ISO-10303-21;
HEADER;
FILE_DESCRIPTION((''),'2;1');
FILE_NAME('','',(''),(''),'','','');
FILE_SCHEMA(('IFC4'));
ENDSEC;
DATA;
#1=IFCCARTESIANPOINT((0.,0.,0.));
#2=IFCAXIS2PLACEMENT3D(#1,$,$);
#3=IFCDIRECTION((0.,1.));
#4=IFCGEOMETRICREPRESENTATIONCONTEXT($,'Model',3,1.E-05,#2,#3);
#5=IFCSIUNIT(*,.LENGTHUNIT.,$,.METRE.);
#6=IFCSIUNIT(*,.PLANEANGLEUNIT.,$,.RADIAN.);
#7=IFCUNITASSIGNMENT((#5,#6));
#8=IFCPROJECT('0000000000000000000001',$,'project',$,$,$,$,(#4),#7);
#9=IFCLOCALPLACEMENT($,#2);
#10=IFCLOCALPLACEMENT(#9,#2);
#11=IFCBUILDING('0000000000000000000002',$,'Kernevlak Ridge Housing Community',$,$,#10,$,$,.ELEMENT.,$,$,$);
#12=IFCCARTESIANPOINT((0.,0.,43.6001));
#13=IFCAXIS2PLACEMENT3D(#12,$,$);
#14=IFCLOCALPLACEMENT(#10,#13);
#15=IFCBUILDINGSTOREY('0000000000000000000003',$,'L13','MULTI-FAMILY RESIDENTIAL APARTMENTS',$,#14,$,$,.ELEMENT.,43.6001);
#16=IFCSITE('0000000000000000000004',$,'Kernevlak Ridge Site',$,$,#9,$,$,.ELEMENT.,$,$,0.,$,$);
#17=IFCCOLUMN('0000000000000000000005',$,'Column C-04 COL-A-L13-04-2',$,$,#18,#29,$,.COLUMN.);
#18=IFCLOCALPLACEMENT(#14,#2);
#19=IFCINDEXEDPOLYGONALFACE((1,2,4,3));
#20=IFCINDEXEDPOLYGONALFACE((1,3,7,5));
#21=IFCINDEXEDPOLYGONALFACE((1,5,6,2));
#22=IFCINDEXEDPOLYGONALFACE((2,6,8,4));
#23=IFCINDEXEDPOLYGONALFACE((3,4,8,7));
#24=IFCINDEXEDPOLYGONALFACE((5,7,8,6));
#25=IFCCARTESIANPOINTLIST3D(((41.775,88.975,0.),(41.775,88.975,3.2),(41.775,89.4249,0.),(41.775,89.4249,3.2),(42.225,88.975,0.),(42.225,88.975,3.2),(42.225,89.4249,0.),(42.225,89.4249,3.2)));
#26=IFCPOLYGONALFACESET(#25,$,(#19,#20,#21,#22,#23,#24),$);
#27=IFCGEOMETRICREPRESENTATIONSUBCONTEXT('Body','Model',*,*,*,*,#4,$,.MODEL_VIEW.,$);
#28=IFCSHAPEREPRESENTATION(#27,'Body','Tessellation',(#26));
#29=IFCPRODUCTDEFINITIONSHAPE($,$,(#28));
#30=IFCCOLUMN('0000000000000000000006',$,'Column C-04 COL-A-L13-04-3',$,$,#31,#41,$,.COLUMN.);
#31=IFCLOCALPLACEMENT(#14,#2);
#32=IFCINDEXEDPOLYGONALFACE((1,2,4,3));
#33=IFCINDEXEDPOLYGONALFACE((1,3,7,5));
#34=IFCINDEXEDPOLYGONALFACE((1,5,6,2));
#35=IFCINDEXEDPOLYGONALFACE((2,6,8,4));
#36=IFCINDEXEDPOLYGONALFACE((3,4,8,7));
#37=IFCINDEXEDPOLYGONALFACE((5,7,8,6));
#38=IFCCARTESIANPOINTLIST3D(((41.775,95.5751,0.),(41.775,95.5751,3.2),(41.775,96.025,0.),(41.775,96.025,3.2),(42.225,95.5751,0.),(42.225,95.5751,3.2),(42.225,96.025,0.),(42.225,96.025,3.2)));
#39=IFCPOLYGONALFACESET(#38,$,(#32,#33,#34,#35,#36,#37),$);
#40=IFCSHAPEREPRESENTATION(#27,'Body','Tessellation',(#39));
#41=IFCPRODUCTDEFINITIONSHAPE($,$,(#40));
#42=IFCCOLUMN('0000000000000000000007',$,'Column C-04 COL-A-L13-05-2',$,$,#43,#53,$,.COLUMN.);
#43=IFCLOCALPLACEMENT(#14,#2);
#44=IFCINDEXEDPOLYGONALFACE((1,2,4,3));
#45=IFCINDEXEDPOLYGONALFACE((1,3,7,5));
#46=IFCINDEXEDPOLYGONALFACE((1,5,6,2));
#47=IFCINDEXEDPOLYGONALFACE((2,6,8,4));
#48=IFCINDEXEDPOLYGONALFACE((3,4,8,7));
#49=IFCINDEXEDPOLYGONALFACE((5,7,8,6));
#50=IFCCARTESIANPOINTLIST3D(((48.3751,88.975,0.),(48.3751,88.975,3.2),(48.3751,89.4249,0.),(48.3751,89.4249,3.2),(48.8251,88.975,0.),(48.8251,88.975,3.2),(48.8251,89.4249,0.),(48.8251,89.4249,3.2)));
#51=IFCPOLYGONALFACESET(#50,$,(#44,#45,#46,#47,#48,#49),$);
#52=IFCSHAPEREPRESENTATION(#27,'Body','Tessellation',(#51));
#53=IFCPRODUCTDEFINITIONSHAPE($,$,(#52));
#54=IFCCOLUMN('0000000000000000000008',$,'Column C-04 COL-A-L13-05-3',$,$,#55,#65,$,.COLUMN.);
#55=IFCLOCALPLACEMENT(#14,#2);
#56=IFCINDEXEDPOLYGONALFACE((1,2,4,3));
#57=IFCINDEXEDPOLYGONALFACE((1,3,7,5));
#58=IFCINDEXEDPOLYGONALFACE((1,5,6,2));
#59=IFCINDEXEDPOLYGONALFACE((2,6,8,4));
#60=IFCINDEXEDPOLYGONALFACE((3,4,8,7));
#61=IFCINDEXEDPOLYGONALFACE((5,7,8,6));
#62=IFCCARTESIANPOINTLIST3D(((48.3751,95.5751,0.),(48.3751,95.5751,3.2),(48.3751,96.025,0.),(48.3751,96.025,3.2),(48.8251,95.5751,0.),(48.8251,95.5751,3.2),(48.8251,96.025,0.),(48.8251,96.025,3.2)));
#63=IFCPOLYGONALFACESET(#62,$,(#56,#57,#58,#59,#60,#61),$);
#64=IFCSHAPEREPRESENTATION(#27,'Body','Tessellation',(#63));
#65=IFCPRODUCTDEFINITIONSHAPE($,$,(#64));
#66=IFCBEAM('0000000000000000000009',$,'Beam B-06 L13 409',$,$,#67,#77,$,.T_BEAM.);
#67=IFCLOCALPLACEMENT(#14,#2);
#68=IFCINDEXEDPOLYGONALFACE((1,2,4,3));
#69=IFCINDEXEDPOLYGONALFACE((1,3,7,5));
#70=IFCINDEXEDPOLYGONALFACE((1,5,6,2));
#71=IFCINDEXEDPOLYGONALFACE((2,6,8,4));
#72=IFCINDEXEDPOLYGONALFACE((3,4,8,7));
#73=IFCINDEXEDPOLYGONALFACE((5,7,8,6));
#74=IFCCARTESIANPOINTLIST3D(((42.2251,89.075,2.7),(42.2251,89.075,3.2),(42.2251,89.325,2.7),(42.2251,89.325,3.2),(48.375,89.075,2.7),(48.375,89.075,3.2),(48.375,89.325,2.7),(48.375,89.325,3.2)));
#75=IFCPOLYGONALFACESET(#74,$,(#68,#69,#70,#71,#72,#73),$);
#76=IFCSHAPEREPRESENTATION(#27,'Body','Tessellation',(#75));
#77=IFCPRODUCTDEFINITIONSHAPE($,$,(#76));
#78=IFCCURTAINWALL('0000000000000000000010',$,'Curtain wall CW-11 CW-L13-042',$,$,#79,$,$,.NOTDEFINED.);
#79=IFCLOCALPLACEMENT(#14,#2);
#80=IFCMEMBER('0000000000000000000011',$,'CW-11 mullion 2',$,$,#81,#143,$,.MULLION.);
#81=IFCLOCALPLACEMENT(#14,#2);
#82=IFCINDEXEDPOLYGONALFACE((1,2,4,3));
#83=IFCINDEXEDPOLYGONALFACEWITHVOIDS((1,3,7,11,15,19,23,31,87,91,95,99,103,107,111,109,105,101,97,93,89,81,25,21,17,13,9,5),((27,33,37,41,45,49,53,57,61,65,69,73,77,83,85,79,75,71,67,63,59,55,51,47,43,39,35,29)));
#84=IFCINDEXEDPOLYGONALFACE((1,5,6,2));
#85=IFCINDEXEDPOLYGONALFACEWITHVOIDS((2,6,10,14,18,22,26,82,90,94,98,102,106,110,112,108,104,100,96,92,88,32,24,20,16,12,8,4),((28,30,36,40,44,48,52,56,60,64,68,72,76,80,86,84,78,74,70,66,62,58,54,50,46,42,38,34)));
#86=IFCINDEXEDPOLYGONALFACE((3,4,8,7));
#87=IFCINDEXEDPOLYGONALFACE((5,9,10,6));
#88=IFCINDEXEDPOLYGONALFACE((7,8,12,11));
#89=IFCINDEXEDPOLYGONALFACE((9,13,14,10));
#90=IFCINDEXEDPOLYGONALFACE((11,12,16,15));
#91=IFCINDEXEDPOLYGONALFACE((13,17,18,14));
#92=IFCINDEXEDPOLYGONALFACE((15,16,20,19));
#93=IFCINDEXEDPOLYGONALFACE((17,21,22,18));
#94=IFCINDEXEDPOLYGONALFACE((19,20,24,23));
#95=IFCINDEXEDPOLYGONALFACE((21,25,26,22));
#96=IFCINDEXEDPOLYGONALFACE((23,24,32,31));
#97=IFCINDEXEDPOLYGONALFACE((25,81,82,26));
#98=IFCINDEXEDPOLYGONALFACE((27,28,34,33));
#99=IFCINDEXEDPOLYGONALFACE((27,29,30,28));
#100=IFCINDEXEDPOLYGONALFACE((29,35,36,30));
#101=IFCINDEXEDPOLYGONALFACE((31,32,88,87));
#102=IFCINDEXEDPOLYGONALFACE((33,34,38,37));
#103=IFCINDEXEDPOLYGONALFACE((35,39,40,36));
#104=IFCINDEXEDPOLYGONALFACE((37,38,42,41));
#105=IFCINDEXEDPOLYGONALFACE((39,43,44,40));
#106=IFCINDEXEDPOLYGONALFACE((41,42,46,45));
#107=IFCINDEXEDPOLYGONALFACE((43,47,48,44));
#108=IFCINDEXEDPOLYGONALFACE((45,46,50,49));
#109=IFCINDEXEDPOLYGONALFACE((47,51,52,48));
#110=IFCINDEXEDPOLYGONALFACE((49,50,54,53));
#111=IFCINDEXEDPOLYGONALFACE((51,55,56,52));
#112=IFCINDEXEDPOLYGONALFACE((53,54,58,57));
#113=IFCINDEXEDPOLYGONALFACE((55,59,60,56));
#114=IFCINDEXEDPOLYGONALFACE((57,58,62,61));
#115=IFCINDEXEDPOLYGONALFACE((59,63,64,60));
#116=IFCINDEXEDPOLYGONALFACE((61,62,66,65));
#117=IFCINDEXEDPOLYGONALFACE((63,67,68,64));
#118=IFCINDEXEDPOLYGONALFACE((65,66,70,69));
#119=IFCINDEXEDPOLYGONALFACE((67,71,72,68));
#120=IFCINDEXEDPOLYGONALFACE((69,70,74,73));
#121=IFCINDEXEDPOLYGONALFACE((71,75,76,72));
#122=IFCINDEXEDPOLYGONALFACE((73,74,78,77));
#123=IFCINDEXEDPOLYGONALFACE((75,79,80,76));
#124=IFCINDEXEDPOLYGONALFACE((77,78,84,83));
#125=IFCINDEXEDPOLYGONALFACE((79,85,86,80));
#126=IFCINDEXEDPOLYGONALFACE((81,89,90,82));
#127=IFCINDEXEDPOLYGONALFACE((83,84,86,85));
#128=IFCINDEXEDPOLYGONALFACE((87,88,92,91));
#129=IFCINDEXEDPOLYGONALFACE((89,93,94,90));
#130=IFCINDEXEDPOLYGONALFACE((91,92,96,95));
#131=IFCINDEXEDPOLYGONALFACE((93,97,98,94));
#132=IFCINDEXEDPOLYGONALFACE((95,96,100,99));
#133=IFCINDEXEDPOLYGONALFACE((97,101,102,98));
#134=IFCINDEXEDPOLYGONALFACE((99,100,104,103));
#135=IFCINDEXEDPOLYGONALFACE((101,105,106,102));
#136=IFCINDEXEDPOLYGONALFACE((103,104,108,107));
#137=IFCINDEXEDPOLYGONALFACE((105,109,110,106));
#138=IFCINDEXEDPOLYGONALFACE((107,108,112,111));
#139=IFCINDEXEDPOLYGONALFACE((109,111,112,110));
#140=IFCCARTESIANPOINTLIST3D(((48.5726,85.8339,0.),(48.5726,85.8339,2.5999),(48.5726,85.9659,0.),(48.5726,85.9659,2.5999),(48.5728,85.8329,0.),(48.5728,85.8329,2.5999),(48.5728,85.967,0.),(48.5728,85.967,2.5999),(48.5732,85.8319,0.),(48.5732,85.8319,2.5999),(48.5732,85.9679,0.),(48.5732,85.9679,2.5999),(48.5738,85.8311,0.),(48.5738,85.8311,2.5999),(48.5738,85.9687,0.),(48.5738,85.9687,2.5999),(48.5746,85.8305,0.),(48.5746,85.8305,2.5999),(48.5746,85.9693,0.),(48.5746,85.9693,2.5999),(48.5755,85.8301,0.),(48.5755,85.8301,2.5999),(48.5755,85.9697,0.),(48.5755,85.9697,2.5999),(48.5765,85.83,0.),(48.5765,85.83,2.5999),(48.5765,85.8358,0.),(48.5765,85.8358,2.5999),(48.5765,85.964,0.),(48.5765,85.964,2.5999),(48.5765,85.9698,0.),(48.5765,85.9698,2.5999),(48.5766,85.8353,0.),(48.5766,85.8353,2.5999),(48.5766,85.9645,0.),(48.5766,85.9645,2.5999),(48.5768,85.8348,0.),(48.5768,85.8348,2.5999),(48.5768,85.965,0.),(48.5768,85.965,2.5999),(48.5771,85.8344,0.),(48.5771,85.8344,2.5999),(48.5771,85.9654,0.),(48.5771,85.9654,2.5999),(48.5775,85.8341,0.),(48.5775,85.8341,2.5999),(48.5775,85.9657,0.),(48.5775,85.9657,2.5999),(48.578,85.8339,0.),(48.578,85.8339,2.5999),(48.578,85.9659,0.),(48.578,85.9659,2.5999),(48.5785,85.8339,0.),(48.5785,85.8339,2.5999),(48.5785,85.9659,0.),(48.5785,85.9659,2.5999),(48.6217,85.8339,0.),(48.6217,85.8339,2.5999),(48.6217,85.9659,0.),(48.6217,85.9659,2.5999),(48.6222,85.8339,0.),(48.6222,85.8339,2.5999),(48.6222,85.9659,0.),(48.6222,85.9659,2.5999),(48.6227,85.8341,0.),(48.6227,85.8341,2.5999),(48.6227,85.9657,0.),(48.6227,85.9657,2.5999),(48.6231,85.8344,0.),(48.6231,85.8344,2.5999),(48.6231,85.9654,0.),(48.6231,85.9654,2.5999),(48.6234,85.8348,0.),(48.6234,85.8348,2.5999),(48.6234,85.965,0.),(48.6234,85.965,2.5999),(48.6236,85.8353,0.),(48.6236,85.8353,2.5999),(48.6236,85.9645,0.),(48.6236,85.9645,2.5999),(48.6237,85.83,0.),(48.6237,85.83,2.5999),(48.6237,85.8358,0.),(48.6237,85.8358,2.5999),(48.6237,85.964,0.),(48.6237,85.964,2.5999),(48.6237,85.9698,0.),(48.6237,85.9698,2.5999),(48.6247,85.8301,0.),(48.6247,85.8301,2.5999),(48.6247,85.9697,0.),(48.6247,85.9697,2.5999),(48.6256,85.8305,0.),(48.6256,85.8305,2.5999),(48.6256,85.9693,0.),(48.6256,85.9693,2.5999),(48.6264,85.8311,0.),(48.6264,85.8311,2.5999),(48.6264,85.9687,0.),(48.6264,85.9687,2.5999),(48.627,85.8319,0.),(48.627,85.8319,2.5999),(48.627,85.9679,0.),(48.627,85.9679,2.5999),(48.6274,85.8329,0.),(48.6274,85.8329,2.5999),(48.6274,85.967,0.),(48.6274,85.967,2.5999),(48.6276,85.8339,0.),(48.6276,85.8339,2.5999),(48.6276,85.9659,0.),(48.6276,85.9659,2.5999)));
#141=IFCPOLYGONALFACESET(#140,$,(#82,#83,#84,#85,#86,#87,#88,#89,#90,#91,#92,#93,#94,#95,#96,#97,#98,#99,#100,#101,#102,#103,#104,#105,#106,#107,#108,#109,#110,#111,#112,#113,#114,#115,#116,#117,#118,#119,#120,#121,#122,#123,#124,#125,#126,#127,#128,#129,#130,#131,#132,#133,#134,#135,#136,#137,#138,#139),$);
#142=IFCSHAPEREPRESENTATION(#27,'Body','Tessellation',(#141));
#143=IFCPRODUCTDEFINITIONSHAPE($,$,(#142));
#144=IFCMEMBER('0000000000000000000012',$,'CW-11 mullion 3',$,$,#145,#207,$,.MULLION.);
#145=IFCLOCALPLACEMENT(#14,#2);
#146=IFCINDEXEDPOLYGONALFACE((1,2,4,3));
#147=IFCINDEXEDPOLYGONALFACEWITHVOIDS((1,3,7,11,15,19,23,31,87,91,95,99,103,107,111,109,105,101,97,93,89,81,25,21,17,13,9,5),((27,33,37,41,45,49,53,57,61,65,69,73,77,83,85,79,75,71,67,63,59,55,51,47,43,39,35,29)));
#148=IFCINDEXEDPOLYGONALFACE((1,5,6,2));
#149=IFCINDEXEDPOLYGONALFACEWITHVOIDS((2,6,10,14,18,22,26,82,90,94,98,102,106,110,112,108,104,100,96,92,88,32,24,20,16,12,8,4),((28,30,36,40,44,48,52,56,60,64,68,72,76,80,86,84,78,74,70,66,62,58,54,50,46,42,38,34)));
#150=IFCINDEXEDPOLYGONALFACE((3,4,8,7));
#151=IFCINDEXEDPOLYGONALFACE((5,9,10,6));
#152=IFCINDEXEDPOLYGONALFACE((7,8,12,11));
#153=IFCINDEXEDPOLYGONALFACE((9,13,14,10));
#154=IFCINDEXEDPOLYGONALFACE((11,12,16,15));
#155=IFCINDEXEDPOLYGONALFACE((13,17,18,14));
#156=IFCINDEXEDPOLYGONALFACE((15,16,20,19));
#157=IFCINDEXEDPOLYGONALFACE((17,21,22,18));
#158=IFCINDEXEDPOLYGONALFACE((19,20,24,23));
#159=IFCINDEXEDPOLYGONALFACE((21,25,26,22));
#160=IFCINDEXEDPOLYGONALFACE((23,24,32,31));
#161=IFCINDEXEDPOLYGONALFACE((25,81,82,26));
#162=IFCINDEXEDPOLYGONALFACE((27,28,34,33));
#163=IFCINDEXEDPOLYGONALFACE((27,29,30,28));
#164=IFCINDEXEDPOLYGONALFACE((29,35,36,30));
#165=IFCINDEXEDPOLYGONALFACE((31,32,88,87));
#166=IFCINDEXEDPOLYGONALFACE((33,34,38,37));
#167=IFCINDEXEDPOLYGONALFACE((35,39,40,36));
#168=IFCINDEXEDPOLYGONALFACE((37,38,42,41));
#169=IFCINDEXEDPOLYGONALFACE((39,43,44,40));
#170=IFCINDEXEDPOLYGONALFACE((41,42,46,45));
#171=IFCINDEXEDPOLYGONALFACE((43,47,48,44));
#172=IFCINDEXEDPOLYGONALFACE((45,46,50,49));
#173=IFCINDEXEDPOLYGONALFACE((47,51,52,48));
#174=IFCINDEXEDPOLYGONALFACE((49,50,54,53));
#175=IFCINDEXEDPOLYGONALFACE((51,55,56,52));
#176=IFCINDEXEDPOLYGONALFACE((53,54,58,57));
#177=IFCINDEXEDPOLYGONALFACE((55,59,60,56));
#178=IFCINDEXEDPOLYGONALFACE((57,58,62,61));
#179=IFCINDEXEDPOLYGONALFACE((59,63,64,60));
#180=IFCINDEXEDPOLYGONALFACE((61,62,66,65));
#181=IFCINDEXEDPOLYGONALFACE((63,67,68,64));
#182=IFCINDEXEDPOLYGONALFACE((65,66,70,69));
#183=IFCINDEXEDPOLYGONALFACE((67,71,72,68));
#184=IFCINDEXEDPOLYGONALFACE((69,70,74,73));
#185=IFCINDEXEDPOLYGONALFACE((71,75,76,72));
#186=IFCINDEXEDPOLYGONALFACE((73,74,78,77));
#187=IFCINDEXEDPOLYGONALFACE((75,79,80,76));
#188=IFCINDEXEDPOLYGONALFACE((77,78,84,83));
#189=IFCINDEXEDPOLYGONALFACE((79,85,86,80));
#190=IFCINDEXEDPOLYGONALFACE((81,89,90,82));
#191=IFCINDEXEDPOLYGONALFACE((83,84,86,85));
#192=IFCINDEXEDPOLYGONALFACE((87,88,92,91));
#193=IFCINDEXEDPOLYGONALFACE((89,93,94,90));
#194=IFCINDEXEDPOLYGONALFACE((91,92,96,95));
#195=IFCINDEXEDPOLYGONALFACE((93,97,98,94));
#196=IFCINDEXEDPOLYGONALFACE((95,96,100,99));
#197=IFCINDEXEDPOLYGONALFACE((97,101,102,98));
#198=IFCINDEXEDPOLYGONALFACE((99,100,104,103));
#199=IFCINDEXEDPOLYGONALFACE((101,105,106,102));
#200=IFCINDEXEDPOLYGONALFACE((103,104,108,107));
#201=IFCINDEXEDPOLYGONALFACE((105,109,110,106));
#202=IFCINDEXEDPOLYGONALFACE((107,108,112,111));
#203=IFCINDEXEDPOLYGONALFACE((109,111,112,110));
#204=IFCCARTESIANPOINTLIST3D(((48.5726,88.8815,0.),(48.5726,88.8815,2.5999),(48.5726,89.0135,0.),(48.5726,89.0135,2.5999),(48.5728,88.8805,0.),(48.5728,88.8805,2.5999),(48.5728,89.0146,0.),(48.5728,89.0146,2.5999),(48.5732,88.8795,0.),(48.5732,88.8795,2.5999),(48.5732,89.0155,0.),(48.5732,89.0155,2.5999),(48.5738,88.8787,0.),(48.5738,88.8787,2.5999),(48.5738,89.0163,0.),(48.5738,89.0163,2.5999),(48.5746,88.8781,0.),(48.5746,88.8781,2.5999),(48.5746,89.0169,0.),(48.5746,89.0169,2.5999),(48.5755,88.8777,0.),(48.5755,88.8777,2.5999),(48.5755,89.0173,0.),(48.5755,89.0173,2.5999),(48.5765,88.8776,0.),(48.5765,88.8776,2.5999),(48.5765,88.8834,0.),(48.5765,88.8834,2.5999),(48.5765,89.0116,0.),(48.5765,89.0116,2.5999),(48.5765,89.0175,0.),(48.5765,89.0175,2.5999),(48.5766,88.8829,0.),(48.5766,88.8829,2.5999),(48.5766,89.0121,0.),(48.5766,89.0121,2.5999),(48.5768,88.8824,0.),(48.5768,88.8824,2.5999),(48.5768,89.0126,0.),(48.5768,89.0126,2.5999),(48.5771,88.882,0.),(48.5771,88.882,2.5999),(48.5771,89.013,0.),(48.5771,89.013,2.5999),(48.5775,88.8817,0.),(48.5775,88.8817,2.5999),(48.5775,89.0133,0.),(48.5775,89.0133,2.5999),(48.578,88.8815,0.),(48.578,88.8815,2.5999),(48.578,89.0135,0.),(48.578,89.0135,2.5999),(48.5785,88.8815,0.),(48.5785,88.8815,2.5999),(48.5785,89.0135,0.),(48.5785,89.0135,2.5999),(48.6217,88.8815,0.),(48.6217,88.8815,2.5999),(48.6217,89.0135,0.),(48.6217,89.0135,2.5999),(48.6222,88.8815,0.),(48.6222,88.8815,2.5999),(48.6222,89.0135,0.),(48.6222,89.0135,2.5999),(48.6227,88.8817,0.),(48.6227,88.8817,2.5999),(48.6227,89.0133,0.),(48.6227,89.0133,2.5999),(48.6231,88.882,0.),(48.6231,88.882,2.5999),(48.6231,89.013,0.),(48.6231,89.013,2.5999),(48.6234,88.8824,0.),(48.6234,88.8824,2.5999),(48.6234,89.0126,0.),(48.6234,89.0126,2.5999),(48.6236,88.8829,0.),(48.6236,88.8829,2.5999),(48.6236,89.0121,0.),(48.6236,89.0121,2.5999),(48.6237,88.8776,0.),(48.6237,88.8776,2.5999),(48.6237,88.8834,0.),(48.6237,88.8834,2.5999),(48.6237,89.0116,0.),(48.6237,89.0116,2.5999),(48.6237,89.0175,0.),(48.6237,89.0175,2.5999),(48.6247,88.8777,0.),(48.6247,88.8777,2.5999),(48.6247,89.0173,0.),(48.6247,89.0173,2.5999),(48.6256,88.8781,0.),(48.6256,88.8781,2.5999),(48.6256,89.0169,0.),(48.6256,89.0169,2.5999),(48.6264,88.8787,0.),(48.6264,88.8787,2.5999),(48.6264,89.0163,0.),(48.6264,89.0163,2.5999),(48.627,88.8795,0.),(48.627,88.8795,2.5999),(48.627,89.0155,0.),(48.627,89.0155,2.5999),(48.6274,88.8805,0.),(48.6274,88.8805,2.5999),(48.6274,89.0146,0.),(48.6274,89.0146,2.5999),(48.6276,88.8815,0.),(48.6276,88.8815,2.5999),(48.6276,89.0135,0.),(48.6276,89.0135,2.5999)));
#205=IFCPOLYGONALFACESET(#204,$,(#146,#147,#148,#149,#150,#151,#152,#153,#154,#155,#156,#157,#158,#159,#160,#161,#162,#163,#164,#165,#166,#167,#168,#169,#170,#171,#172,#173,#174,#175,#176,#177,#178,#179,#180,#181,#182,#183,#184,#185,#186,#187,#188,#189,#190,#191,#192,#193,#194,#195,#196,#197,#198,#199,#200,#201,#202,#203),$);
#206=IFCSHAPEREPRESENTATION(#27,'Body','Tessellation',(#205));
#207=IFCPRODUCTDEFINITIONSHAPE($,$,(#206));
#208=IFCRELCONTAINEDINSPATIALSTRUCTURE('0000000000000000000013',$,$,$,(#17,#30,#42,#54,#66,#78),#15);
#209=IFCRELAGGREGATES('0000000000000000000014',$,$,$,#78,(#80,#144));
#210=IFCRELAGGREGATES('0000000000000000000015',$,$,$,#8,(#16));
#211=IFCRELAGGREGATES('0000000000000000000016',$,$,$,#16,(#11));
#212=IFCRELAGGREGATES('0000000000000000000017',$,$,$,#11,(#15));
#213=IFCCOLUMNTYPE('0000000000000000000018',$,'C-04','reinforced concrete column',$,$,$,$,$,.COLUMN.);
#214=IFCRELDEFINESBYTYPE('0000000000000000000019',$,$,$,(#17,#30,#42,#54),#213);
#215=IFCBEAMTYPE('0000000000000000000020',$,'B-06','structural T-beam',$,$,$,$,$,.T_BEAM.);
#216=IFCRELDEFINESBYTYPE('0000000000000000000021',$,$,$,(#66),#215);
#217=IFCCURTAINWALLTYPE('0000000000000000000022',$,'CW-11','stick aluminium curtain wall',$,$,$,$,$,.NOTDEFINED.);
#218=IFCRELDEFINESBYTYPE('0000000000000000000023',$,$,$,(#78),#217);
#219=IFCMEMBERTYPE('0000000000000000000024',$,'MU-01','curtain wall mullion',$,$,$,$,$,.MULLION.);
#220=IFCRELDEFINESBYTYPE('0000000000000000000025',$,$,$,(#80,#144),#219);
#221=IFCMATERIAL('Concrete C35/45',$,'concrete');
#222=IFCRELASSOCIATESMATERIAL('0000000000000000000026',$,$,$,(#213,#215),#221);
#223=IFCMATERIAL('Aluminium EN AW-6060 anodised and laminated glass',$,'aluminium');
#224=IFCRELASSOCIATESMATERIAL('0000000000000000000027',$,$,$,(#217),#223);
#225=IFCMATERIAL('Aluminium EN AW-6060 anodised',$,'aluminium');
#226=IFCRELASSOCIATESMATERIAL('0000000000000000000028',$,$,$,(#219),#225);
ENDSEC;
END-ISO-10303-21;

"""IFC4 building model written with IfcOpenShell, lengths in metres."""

from ifc_helpers import new_model, si_unit, direction, frame, origin, origin_2d, place, context, subcontext, project, spatial, rectangle, hollow_rectangle, extrude, material, material_profile, profile_set, type_object, element, aggregate, save


model = new_model("IFC4")

# Units and contexts
model_context = context("Model", 3, precision=1e-05, world=origin(), true_north=direction((0.0, 1.0)))
body_context = subcontext(model_context, "Body", "Model", "MODEL_VIEW")
ifc_project = project(units=[si_unit("LENGTHUNIT", "METRE"), si_unit("PLANEANGLEUNIT", "RADIAN")], contexts=[model_context])

# Site, building, storey
site_placement = place(None, origin())
site = spatial("IfcSite", under=ifc_project, at=site_placement, Name="Kernevlak Ridge Site", CompositionType="ELEMENT", RefElevation=0.0)
building_placement = place(site_placement, origin())
building = spatial("IfcBuilding", under=site, at=building_placement, Name="Kernevlak Ridge Housing Community", CompositionType="ELEMENT")
storey_placement = place(building_placement, frame((0.0, 0.0, 43.6001)))
storey = spatial("IfcBuildingStorey", under=building, at=storey_placement, Name="L13", Description="MULTI-FAMILY RESIDENTIAL APARTMENTS", CompositionType="ELEMENT", Elevation=43.6001)

# Columns
ifc_material_1 = material(Name="Concrete C35/45", Category="concrete")
ifc_material_profile_1 = material_profile(ifc_material_1, rectangle(XDim=0.45, YDim=0.45, at=origin_2d()), Name="RC 450x450")
ifc_profile_set_1 = profile_set([ifc_material_profile_1], Name="Concrete C35/45")
column_type = type_object("IfcColumnType", Name="C-04", Description="reinforced concrete column", PredefinedType="COLUMN", material=ifc_profile_set_1)
for number, where, z_axis, x_axis, name in (
    (1, (42.0, 89.2, 0.0), (0.0, 0.0, 1.0), (1.0, 0.0, 0.0), "Column C-04 COL-A-L13-04-2"),
    (2, (42.0, 95.8, 0.0), (0.0, 0.0, 1.0), (1.0, 0.0, 0.0), "Column C-04 COL-A-L13-04-3"),
    (3, (48.6001, 89.2, 0.0), (0.0, 0.0, 1.0), (1.0, 0.0, 0.0), "Column C-04 COL-A-L13-05-2"),
    (4, (48.6001, 95.8, 0.0), (0.0, 0.0, 1.0), (1.0, 0.0, 0.0), "Column C-04 COL-A-L13-05-3"),
):
    element("IfcColumn", number, at=place(storey_placement, frame(where, z_axis=z_axis, x_axis=x_axis)), inside=storey, type_object=column_type, Name=name, PredefinedType="COLUMN", context=body_context, shape_type="SweptSolid", body=[
        extrude(rectangle(XDim=0.45, YDim=0.45, at=origin_2d()), origin(), (0.0, 0.0, 1.0), 3.2),
    ])

# Beam
ifc_material_profile_2 = material_profile(ifc_material_1, rectangle(XDim=0.25, YDim=0.5, at=origin_2d()), Name="RC 250x500")
ifc_profile_set_2 = profile_set([ifc_material_profile_2], Name="Concrete C35/45")
beam_type_1 = type_object("IfcBeamType", Name="B-06", Description="structural T-beam", PredefinedType="T_BEAM", material=ifc_profile_set_2)
beam_1_placement = place(storey_placement, frame((42.2251, 89.2, 2.95), z_axis=(1.0, 0.0, 0.0), x_axis=(0.0, 1.0, 0.0)))
element("IfcBeam", 5, at=beam_1_placement, inside=storey, type_object=beam_type_1, Name="Beam B-06 L13 409", PredefinedType="T_BEAM", context=body_context, shape_type="SweptSolid", body=[
    extrude(rectangle(XDim=0.25, YDim=0.5, at=origin_2d()), origin(), (0.0, 0.0, 1.0), 6.1499),
])

# Curtain wall, members
ifc_material_2 = material(Name="Aluminium EN AW-6060 anodised and laminated glass", Category="aluminium")
curtain_wall_type = type_object("IfcCurtainWallType", Name="CW-11", Description="stick aluminium curtain wall", PredefinedType="NOTDEFINED", material=ifc_material_2)
curtain_wall_placement = place(storey_placement, origin())
curtain_wall = element("IfcCurtainWall", 6, at=curtain_wall_placement, inside=storey, type_object=curtain_wall_type, Name="Curtain wall CW-11 CW-L13-042", PredefinedType="NOTDEFINED")
ifc_material_3 = material(Name="Aluminium EN AW-6060 anodised", Category="aluminium")
ifc_material_profile_3 = material_profile(ifc_material_3, hollow_rectangle(XDim=0.0549, YDim=0.1399, WallThickness=0.0039, InnerFilletRadius=0.002, OuterFilletRadius=0.0039, at=origin_2d()), Name="ALU 55x140x4")
ifc_profile_set_3 = profile_set([ifc_material_profile_3], Name="Aluminium EN AW-6060 anodised")
member_type = type_object("IfcMemberType", Name="MU-01", Description="curtain wall mullion", PredefinedType="MULLION", material=ifc_profile_set_3)
member_1_placement = place(storey_placement, frame((48.6001, 85.8999, 0.0), z_axis=(0.0, 0.0, 1.0), x_axis=(-1.0, 0.0, 0.0)))
member_1 = element("IfcMember", 7, at=member_1_placement, type_object=member_type, Name="CW-11 mullion 2", PredefinedType="MULLION", context=body_context, shape_type="SweptSolid", body=[
    extrude(hollow_rectangle(XDim=0.0549, YDim=0.1399, WallThickness=0.0039, InnerFilletRadius=0.002, OuterFilletRadius=0.0039, at=origin_2d()), origin(), (0.0, 0.0, 1.0), 2.5999),
])
member_2_placement = place(storey_placement, frame((48.6001, 88.9475, 0.0), z_axis=(0.0, 0.0, 1.0), x_axis=(-1.0, 0.0, 0.0)))
member_2 = element("IfcMember", 8, at=member_2_placement, type_object=member_type, Name="CW-11 mullion 3", PredefinedType="MULLION", context=body_context, shape_type="SweptSolid", body=[
    extrude(hollow_rectangle(XDim=0.0549, YDim=0.1399, WallThickness=0.0039, InnerFilletRadius=0.002, OuterFilletRadius=0.0039, at=origin_2d()), origin(), (0.0, 0.0, 1.0), 2.5999),
])
aggregate(curtain_wall, [member_1, member_2])

save(model, "model.ifc")
